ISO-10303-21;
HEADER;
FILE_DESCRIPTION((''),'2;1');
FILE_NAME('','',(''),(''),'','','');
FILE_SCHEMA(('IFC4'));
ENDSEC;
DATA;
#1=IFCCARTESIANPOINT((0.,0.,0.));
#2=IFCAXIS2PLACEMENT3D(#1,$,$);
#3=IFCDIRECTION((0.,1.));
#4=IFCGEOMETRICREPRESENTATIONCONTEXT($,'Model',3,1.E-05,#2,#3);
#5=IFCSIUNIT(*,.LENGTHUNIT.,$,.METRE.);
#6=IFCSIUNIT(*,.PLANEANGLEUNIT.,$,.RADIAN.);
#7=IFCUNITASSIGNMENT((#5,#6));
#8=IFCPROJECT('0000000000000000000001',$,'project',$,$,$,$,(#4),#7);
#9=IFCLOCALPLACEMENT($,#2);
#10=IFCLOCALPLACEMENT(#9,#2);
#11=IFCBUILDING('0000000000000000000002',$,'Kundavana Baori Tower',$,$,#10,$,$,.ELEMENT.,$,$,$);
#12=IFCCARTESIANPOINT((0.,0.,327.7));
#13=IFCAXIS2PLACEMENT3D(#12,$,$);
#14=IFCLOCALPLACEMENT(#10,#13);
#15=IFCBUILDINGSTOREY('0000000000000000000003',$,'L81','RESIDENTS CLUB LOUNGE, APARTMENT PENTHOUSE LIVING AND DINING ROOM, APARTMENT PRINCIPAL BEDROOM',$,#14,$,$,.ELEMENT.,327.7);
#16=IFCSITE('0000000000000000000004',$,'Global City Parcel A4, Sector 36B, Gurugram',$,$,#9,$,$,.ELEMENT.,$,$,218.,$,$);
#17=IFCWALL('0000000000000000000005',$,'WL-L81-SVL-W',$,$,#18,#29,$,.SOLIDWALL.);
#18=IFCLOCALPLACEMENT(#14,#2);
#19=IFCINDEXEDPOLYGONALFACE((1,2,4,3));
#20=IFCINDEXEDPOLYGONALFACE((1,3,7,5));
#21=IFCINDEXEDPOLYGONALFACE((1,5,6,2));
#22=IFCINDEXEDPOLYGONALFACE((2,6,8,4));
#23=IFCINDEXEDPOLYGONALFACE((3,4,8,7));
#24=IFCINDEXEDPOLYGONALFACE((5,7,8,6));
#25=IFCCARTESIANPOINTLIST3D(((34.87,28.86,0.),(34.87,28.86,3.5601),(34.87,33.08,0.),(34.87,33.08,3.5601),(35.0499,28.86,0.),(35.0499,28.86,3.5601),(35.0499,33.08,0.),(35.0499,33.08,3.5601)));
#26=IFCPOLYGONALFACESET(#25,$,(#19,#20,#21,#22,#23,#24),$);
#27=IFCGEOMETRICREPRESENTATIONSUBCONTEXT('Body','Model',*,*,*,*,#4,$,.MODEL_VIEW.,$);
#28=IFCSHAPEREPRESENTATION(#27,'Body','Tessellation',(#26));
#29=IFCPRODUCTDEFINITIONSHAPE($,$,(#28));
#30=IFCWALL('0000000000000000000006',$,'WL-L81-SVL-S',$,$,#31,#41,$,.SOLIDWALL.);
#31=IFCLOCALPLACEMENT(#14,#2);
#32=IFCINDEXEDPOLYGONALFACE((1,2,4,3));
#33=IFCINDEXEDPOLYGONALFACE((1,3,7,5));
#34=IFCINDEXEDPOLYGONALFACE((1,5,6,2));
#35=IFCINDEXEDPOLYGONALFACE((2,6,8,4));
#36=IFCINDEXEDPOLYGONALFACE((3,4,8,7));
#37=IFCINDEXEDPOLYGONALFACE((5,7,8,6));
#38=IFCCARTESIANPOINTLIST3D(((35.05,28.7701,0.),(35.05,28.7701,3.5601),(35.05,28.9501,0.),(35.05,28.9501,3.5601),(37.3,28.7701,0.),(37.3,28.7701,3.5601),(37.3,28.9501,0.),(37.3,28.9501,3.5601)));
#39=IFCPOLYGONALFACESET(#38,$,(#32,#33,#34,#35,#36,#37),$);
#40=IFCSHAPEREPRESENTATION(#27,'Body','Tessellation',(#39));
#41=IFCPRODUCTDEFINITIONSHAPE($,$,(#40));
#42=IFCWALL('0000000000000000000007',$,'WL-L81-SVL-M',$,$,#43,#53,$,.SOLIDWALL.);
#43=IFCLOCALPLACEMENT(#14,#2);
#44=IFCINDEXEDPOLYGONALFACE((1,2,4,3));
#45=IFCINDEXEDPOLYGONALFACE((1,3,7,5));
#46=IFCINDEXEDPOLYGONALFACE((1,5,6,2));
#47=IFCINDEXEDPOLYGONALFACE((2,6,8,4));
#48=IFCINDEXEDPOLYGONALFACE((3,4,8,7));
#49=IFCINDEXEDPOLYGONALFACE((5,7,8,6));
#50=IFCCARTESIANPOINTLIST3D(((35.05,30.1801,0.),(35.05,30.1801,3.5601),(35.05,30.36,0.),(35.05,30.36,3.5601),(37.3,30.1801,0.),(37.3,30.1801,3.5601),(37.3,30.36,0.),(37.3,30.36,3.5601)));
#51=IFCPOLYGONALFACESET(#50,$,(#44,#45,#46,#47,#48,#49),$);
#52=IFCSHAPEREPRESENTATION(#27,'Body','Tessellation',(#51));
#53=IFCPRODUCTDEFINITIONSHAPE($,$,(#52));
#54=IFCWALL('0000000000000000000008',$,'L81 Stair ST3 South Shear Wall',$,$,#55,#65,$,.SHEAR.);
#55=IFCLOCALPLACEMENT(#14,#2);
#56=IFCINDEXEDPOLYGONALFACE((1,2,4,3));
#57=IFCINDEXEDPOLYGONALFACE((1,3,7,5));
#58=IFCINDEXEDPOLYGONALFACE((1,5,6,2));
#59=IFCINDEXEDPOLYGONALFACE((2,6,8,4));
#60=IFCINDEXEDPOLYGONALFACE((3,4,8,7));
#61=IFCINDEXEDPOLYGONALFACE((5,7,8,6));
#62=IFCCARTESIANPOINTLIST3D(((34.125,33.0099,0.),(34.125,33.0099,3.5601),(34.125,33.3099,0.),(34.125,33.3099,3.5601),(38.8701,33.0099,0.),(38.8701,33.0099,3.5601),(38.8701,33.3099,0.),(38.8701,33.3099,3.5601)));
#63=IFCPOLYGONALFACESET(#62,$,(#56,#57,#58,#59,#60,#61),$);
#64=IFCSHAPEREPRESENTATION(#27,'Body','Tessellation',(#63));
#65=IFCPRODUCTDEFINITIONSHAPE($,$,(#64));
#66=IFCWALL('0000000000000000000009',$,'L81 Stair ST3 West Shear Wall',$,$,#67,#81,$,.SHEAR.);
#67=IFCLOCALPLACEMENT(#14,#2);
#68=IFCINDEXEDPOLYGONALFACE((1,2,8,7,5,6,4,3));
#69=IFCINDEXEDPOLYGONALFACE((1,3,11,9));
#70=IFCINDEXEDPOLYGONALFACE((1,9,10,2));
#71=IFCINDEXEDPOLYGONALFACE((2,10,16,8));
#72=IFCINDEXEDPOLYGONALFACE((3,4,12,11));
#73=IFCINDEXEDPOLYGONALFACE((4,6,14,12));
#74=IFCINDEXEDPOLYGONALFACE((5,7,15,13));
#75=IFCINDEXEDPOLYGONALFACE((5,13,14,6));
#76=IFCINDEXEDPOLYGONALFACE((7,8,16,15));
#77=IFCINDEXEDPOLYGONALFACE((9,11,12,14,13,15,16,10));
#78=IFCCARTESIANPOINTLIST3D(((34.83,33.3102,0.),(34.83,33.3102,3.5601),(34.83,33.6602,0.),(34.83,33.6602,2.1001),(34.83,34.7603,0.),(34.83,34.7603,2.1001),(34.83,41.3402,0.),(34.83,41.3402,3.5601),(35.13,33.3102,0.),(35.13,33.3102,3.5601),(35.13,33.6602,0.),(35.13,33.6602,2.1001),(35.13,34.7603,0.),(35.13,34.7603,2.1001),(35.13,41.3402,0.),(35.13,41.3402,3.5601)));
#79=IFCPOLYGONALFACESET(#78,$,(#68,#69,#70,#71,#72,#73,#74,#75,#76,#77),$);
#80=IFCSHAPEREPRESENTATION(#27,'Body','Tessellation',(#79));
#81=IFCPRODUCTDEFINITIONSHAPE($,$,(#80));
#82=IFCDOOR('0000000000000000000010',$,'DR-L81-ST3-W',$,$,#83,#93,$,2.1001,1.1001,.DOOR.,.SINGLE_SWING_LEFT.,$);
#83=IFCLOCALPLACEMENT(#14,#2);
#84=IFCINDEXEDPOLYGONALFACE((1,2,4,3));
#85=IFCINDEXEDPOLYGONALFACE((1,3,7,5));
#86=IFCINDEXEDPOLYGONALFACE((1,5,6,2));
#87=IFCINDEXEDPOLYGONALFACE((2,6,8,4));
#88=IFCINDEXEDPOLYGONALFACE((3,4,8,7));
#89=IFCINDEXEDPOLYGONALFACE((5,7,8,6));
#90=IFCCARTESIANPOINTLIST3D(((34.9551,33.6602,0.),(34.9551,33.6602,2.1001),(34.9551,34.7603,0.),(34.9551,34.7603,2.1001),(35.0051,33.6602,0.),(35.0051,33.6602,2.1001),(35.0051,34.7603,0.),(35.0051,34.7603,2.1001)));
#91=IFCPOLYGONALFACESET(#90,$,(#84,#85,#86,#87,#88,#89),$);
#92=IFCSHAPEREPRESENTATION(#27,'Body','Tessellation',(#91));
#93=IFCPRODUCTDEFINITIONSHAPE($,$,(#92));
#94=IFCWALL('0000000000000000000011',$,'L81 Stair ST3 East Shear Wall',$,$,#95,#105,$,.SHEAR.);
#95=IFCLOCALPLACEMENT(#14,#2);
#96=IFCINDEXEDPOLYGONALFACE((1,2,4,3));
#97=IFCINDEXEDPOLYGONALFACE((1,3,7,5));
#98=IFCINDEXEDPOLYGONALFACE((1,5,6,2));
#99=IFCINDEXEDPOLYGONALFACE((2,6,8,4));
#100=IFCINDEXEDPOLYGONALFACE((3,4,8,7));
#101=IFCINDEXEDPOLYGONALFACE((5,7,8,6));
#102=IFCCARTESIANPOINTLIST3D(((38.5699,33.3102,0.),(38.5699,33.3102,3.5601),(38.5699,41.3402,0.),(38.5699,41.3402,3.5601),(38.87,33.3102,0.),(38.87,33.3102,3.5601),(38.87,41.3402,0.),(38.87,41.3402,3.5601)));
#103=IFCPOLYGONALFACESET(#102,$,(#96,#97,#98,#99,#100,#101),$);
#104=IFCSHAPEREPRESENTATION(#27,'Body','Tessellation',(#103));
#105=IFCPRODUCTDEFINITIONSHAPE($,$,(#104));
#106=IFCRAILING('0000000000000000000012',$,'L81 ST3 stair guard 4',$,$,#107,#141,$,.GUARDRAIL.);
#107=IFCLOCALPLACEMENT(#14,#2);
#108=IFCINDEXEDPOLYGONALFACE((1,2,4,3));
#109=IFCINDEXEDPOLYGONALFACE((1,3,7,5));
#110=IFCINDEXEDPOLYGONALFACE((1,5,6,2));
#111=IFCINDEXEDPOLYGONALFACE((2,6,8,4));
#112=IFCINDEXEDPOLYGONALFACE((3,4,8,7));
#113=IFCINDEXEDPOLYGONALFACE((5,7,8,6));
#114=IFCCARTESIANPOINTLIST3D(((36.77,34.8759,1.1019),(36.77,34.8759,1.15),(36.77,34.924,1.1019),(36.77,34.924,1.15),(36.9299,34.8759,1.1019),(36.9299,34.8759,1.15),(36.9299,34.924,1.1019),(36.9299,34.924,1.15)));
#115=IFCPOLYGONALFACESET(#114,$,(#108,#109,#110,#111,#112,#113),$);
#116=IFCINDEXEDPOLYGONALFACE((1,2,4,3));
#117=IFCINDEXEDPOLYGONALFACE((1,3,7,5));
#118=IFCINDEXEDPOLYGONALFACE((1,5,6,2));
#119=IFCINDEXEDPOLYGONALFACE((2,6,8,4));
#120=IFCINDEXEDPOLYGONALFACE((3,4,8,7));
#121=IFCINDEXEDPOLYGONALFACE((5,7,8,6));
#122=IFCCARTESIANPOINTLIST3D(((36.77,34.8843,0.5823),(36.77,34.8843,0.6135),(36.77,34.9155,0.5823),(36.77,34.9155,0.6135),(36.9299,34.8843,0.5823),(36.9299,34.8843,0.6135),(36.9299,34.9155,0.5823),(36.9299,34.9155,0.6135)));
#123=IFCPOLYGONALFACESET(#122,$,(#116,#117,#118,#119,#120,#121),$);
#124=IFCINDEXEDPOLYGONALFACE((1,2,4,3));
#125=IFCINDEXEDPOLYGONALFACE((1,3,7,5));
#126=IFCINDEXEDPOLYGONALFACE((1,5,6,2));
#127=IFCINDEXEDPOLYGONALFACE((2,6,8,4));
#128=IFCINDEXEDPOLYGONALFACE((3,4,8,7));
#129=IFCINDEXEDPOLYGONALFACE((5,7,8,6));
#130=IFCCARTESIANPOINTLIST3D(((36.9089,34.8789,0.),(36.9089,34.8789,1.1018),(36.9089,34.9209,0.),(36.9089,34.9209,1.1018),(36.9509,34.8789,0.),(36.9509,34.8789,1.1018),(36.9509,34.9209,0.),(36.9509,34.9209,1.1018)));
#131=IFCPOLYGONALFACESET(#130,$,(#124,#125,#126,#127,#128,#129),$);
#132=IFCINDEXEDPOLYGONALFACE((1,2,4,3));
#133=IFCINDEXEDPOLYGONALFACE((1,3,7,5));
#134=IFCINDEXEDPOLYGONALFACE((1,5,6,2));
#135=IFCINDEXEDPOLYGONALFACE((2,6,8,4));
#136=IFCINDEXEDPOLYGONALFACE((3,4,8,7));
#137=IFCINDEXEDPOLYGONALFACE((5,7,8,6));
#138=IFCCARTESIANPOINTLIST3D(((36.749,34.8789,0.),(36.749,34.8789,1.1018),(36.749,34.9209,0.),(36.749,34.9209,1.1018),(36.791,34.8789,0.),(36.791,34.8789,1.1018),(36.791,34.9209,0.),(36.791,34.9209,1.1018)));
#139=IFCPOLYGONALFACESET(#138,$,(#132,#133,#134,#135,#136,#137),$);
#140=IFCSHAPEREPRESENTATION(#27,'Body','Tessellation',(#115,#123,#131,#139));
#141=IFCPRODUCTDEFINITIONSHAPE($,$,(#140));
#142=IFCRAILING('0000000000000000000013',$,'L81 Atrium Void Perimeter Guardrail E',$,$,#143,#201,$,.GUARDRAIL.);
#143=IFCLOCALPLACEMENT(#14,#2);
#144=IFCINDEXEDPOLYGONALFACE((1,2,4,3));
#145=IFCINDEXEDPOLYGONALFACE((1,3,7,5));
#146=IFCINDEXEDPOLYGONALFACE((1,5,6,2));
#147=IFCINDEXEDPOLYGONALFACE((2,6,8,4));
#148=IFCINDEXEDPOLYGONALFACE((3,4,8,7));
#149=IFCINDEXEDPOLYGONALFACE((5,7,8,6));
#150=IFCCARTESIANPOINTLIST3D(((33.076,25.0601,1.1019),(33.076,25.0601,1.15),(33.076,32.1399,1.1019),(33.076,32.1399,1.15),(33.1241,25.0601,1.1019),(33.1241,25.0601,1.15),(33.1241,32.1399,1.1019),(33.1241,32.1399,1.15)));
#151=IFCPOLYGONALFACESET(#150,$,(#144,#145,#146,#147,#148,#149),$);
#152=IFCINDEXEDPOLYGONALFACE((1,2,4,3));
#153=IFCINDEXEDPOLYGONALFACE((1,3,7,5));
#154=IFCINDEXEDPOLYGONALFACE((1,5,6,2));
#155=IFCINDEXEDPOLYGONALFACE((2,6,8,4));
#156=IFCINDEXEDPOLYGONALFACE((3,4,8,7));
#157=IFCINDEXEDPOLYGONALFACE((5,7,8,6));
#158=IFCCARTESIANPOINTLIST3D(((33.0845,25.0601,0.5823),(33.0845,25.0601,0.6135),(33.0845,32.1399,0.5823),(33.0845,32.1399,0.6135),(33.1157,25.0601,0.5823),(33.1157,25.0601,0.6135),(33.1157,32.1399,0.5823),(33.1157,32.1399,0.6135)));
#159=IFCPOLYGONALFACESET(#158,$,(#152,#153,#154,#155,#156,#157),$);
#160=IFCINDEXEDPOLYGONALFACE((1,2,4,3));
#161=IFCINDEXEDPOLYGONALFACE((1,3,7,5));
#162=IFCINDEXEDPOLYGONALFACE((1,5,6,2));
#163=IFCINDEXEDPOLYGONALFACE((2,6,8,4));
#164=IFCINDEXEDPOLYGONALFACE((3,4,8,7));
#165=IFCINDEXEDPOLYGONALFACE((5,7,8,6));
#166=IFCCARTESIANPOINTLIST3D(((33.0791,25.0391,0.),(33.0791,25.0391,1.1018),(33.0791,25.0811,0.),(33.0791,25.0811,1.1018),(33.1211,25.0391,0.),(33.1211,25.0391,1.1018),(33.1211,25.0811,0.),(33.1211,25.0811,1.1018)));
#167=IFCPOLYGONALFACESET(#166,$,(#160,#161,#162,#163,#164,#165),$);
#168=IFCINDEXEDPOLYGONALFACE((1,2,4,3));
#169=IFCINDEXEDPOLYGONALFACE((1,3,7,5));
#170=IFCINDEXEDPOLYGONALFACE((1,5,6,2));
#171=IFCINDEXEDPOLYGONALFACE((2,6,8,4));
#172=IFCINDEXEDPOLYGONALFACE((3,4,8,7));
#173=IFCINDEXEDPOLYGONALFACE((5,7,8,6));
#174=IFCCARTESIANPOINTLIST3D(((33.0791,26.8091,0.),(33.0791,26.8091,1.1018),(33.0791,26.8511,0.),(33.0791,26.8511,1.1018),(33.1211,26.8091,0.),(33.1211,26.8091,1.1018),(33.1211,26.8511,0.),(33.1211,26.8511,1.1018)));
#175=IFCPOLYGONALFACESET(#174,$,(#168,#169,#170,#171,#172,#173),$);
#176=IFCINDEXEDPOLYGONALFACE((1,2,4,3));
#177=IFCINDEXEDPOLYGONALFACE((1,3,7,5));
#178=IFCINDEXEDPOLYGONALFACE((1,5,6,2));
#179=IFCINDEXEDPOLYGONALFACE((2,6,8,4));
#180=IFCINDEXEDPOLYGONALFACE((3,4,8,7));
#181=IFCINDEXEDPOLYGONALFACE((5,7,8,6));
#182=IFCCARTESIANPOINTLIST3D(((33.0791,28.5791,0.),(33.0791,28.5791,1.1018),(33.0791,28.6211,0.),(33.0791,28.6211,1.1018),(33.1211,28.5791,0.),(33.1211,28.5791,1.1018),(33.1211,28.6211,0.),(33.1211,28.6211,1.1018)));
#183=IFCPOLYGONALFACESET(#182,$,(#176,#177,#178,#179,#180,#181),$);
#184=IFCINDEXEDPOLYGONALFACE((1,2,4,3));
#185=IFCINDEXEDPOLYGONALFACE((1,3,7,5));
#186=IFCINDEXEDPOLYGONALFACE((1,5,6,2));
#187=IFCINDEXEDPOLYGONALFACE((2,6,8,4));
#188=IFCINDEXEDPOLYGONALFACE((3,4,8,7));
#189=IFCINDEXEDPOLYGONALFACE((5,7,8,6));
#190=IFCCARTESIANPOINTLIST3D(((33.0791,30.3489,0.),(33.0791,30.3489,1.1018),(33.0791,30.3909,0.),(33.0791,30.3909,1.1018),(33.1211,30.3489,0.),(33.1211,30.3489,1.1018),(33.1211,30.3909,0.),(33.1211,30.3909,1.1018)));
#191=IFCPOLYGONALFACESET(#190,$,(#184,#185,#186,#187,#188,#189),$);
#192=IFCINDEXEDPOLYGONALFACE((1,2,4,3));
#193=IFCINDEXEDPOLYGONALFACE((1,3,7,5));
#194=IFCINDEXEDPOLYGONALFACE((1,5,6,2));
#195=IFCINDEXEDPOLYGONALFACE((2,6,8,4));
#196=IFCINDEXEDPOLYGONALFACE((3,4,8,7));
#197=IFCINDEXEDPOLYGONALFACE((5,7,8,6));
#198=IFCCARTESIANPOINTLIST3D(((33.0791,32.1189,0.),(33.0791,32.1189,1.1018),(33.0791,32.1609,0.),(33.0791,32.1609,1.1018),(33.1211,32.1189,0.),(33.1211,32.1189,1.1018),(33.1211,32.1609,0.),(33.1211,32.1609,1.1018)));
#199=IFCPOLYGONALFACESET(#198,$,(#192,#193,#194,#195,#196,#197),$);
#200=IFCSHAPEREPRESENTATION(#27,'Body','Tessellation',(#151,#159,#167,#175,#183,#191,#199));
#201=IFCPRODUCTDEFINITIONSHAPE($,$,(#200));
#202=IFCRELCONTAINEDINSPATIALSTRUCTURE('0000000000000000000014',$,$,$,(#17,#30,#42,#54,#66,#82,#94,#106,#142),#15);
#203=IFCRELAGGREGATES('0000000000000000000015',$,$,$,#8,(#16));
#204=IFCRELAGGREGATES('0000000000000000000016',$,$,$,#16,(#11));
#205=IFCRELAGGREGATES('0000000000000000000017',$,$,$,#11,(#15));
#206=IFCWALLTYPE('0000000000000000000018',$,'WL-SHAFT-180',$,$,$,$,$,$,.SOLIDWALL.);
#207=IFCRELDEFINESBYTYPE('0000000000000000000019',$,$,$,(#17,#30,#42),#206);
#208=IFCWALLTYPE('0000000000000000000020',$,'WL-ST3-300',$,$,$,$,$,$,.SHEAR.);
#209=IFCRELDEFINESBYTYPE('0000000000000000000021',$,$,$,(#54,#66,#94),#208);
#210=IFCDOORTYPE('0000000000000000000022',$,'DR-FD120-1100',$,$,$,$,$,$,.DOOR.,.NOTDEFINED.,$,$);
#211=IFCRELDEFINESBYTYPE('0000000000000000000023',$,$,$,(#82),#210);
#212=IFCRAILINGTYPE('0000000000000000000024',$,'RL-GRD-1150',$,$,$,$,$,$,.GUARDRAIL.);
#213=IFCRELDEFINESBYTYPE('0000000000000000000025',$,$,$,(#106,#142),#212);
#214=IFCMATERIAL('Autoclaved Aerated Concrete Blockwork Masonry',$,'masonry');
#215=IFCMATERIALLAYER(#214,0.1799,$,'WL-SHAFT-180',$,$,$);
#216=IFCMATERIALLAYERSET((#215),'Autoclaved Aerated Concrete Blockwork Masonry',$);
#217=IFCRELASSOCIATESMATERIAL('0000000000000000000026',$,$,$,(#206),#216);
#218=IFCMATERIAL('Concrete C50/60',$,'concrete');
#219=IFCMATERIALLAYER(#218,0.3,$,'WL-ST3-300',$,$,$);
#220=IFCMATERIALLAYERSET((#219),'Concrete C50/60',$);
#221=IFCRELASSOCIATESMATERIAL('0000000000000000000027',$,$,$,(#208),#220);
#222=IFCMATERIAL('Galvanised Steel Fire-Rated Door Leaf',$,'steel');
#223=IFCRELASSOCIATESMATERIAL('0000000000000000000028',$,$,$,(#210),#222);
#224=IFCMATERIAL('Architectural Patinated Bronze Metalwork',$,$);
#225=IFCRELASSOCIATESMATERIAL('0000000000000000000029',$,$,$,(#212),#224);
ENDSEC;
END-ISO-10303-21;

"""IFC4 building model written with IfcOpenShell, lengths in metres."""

from ifc_helpers import new_model, si_unit, direction, frame, frame_2d, origin, origin_2d, place, context, subcontext, project, spatial, rectangle, extrude, material, layer, layer_set, type_object, element, fill, save


model = new_model("IFC4")

# Units and contexts
model_context = context("Model", 3, precision=1e-05, world=origin(), true_north=direction((0.0, 1.0)))
body_context = subcontext(model_context, "Body", "Model", "MODEL_VIEW")
ifc_project = project(units=[si_unit("LENGTHUNIT", "METRE"), si_unit("PLANEANGLEUNIT", "RADIAN")], contexts=[model_context])

# Site, building, storey
site_placement = place(None, origin())
site = spatial("IfcSite", under=ifc_project, at=site_placement, Name="Global City Parcel A4, Sector 36B, Gurugram", CompositionType="ELEMENT", RefElevation=218.0)
building_placement = place(site_placement, origin())
building = spatial("IfcBuilding", under=site, at=building_placement, Name="Kundavana Baori Tower", CompositionType="ELEMENT")
storey_placement = place(building_placement, frame((0.0, 0.0, 327.7)))
storey = spatial("IfcBuildingStorey", under=building, at=storey_placement, Name="L81", Description="RESIDENTS CLUB LOUNGE, APARTMENT PENTHOUSE LIVING AND DINING ROOM, APARTMENT PRINCIPAL BEDROOM", CompositionType="ELEMENT", Elevation=327.7)

# Wall
ifc_material_1 = material(Name="Autoclaved Aerated Concrete Blockwork Masonry", Category="masonry")
ifc_layer_1 = layer(ifc_material_1, 0.1799, Name="WL-SHAFT-180")
ifc_layer_set_1 = layer_set([ifc_layer_1], Name="Autoclaved Aerated Concrete Blockwork Masonry")
wall_type_1 = type_object("IfcWallType", Name="WL-SHAFT-180", PredefinedType="SOLIDWALL", material=ifc_layer_set_1)
wall_1_placement = place(storey_placement, frame((34.96, 28.8601, 0.0), z_axis=(0.0, 0.0, 1.0), x_axis=(0.0, 1.0, 0.0)))
element("IfcWall", 1, at=wall_1_placement, inside=storey, type_object=wall_type_1, Name="WL-L81-SVL-W", PredefinedType="SOLIDWALL", context=body_context, shape_type="SweptSolid", body=[
    extrude(rectangle(XDim=4.22, YDim=0.1799, at=frame_2d((2.1099, 0.0))), origin(), (0.0, 0.0, 1.0), 3.5601),
])

# Walls
for number, where, z_axis, x_axis, name in (
    (2, (35.05, 28.8601, 0.0), (0.0, 0.0, 1.0), (1.0, 0.0, 0.0), "WL-L81-SVL-S"),
    (3, (35.05, 30.27, 0.0), (0.0, 0.0, 1.0), (1.0, 0.0, 0.0), "WL-L81-SVL-M"),
):
    element("IfcWall", number, at=place(storey_placement, frame(where, z_axis=z_axis, x_axis=x_axis)), inside=storey, type_object=wall_type_1, Name=name, PredefinedType="SOLIDWALL", context=body_context, shape_type="SweptSolid", body=[
        extrude(rectangle(XDim=2.25, YDim=0.1799, at=frame_2d((1.125, 0.0))), origin(), (0.0, 0.0, 1.0), 3.5601),
    ])
ifc_material_2 = material(Name="Concrete C50/60", Category="concrete")
ifc_layer_2 = layer(ifc_material_2, 0.3, Name="WL-ST3-300")
ifc_layer_set_2 = layer_set([ifc_layer_2], Name="Concrete C50/60")
wall_type_2 = type_object("IfcWallType", Name="WL-ST3-300", PredefinedType="SHEAR", material=ifc_layer_set_2)
wall_2_placement = place(storey_placement, frame((34.125, 33.1599, 0.0), z_axis=(0.0, 0.0, 1.0), x_axis=(1.0, 0.0, 0.0)))
element("IfcWall", 4, at=wall_2_placement, inside=storey, type_object=wall_type_2, Name="L81 Stair ST3 South Shear Wall", PredefinedType="SHEAR", context=body_context, shape_type="SweptSolid", body=[
    extrude(rectangle(XDim=4.7451, YDim=0.3, at=frame_2d((2.3726, 0.0))), origin(), (0.0, 0.0, 1.0), 3.5601),
])

# Wall, opening, door
wall_3_placement = place(storey_placement, frame((34.98, 33.3101, 0.0), z_axis=(0.0, 0.0, 1.0), x_axis=(0.0, 1.0, 0.0)))
wall_3 = element("IfcWall", 5, at=wall_3_placement, inside=storey, type_object=wall_type_2, Name="L81 Stair ST3 West Shear Wall", PredefinedType="SHEAR", context=body_context, shape_type="SweptSolid", body=[
    extrude(rectangle(XDim=8.03, YDim=0.3, at=frame_2d((4.0151, 0.0))), origin(), (0.0, 0.0, 1.0), 3.5601),
])
opening_1_placement = place(wall_3_placement, frame((0.3501, 0.0, 0.0)))
opening_1 = element("IfcOpeningElement", 6, at=opening_1_placement, cuts=wall_3, PredefinedType="OPENING", context=body_context, shape_type="SweptSolid", body=[
    extrude(rectangle(XDim=1.1001, YDim=2.1001, at=frame_2d((0.55, 1.05))), frame((0.0, 0.1602, 0.0), z_axis=(0.0, -1.0, 0.0), x_axis=(1.0, 0.0, 0.0)), (0.0, 0.0, 1.0), 0.3201),
])
ifc_material_3 = material(Name="Galvanised Steel Fire-Rated Door Leaf", Category="steel")
door_type_1 = type_object("IfcDoorType", Name="DR-FD120-1100", OperationType="NOTDEFINED", PredefinedType="DOOR", material=ifc_material_3)
door_1_placement = place(opening_1_placement, origin())
door_1 = element("IfcDoor", 7, at=door_1_placement, inside=storey, type_object=door_type_1, Name="DR-L81-ST3-W", OperationType="SINGLE_SWING_LEFT", OverallHeight=2.1001, OverallWidth=1.1001, PredefinedType="DOOR", context=body_context, shape_type="SweptSolid", body=[
    extrude(rectangle(XDim=1.1001, YDim=2.1001, at=frame_2d((0.55, 1.05))), frame((0.0, 0.0249, 0.0), z_axis=(0.0, -1.0, 0.0), x_axis=(1.0, 0.0, 0.0)), (0.0, 0.0, 1.0), 0.05),
])
fill(opening_1, door_1)

# Wall
wall_4_placement = place(storey_placement, frame((38.72, 33.3101, 0.0), z_axis=(0.0, 0.0, 1.0), x_axis=(0.0, 1.0, 0.0)))
element("IfcWall", 8, at=wall_4_placement, inside=storey, type_object=wall_type_2, Name="L81 Stair ST3 East Shear Wall", PredefinedType="SHEAR", context=body_context, shape_type="SweptSolid", body=[
    extrude(rectangle(XDim=8.03, YDim=0.3, at=frame_2d((4.0151, 0.0))), origin(), (0.0, 0.0, 1.0), 3.5601),
])

# Railings
ifc_material_4 = material(Name="Architectural Patinated Bronze Metalwork")
railing_type = type_object("IfcRailingType", Name="RL-GRD-1150", PredefinedType="GUARDRAIL", material=ifc_material_4)
railing_1_placement = place(storey_placement, frame((36.9299, 34.8999, 0.0)))
element("IfcRailing", 9, at=railing_1_placement, inside=storey, type_object=railing_type, Name="L81 ST3 stair guard 4", PredefinedType="GUARDRAIL", context=body_context, shape_type="SweptSolid", body=[
    extrude(rectangle(XDim=0.0481, YDim=0.0481, at=origin_2d()), frame((0.0, 0.0, 1.126), z_axis=(-1.0, 0.0, 0.0), x_axis=(0.0, -1.0, 0.0)), (0.0, 0.0, 1.0), 0.1599),
    extrude(rectangle(XDim=0.0312, YDim=0.0312, at=origin_2d()), frame((0.0, 0.0, 0.5979), z_axis=(-1.0, 0.0, 0.0), x_axis=(0.0, -1.0, 0.0)), (0.0, 0.0, 1.0), 0.1599),
    extrude(rectangle(XDim=0.042, YDim=0.042, at=origin_2d()), origin(), (0.0, 0.0, 1.0), 1.1018),
    extrude(rectangle(XDim=0.042, YDim=0.042, at=origin_2d()), frame((-0.1599, 0.0, 0.0)), (0.0, 0.0, 1.0), 1.1018),
])
railing_2_placement = place(storey_placement, frame((33.1001, 25.0601, 0.0)))
element("IfcRailing", 10, at=railing_2_placement, inside=storey, type_object=railing_type, Name="L81 Atrium Void Perimeter Guardrail E", PredefinedType="GUARDRAIL", context=body_context, shape_type="SweptSolid", body=[
    extrude(rectangle(XDim=0.0481, YDim=0.0481, at=origin_2d()), frame((0.0, 0.0, 1.126), z_axis=(0.0, 1.0, 0.0), x_axis=(-1.0, 0.0, 0.0)), (0.0, 0.0, 1.0), 7.0798),
    extrude(rectangle(XDim=0.0312, YDim=0.0312, at=origin_2d()), frame((0.0, 0.0, 0.5979), z_axis=(0.0, 1.0, 0.0), x_axis=(-1.0, 0.0, 0.0)), (0.0, 0.0, 1.0), 7.0798),
    extrude(rectangle(XDim=0.042, YDim=0.042, at=origin_2d()), origin(), (0.0, 0.0, 1.0), 1.1018),
    extrude(rectangle(XDim=0.042, YDim=0.042, at=origin_2d()), frame((0.0, 1.77, 0.0)), (0.0, 0.0, 1.0), 1.1018),
    extrude(rectangle(XDim=0.042, YDim=0.042, at=origin_2d()), frame((0.0, 3.54, 0.0)), (0.0, 0.0, 1.0), 1.1018),
    extrude(rectangle(XDim=0.042, YDim=0.042, at=origin_2d()), frame((0.0, 5.3098, 0.0)), (0.0, 0.0, 1.0), 1.1018),
    extrude(rectangle(XDim=0.042, YDim=0.042, at=origin_2d()), frame((0.0, 7.0798, 0.0)), (0.0, 0.0, 1.0), 1.1018),
])

save(model, "model.ifc")
